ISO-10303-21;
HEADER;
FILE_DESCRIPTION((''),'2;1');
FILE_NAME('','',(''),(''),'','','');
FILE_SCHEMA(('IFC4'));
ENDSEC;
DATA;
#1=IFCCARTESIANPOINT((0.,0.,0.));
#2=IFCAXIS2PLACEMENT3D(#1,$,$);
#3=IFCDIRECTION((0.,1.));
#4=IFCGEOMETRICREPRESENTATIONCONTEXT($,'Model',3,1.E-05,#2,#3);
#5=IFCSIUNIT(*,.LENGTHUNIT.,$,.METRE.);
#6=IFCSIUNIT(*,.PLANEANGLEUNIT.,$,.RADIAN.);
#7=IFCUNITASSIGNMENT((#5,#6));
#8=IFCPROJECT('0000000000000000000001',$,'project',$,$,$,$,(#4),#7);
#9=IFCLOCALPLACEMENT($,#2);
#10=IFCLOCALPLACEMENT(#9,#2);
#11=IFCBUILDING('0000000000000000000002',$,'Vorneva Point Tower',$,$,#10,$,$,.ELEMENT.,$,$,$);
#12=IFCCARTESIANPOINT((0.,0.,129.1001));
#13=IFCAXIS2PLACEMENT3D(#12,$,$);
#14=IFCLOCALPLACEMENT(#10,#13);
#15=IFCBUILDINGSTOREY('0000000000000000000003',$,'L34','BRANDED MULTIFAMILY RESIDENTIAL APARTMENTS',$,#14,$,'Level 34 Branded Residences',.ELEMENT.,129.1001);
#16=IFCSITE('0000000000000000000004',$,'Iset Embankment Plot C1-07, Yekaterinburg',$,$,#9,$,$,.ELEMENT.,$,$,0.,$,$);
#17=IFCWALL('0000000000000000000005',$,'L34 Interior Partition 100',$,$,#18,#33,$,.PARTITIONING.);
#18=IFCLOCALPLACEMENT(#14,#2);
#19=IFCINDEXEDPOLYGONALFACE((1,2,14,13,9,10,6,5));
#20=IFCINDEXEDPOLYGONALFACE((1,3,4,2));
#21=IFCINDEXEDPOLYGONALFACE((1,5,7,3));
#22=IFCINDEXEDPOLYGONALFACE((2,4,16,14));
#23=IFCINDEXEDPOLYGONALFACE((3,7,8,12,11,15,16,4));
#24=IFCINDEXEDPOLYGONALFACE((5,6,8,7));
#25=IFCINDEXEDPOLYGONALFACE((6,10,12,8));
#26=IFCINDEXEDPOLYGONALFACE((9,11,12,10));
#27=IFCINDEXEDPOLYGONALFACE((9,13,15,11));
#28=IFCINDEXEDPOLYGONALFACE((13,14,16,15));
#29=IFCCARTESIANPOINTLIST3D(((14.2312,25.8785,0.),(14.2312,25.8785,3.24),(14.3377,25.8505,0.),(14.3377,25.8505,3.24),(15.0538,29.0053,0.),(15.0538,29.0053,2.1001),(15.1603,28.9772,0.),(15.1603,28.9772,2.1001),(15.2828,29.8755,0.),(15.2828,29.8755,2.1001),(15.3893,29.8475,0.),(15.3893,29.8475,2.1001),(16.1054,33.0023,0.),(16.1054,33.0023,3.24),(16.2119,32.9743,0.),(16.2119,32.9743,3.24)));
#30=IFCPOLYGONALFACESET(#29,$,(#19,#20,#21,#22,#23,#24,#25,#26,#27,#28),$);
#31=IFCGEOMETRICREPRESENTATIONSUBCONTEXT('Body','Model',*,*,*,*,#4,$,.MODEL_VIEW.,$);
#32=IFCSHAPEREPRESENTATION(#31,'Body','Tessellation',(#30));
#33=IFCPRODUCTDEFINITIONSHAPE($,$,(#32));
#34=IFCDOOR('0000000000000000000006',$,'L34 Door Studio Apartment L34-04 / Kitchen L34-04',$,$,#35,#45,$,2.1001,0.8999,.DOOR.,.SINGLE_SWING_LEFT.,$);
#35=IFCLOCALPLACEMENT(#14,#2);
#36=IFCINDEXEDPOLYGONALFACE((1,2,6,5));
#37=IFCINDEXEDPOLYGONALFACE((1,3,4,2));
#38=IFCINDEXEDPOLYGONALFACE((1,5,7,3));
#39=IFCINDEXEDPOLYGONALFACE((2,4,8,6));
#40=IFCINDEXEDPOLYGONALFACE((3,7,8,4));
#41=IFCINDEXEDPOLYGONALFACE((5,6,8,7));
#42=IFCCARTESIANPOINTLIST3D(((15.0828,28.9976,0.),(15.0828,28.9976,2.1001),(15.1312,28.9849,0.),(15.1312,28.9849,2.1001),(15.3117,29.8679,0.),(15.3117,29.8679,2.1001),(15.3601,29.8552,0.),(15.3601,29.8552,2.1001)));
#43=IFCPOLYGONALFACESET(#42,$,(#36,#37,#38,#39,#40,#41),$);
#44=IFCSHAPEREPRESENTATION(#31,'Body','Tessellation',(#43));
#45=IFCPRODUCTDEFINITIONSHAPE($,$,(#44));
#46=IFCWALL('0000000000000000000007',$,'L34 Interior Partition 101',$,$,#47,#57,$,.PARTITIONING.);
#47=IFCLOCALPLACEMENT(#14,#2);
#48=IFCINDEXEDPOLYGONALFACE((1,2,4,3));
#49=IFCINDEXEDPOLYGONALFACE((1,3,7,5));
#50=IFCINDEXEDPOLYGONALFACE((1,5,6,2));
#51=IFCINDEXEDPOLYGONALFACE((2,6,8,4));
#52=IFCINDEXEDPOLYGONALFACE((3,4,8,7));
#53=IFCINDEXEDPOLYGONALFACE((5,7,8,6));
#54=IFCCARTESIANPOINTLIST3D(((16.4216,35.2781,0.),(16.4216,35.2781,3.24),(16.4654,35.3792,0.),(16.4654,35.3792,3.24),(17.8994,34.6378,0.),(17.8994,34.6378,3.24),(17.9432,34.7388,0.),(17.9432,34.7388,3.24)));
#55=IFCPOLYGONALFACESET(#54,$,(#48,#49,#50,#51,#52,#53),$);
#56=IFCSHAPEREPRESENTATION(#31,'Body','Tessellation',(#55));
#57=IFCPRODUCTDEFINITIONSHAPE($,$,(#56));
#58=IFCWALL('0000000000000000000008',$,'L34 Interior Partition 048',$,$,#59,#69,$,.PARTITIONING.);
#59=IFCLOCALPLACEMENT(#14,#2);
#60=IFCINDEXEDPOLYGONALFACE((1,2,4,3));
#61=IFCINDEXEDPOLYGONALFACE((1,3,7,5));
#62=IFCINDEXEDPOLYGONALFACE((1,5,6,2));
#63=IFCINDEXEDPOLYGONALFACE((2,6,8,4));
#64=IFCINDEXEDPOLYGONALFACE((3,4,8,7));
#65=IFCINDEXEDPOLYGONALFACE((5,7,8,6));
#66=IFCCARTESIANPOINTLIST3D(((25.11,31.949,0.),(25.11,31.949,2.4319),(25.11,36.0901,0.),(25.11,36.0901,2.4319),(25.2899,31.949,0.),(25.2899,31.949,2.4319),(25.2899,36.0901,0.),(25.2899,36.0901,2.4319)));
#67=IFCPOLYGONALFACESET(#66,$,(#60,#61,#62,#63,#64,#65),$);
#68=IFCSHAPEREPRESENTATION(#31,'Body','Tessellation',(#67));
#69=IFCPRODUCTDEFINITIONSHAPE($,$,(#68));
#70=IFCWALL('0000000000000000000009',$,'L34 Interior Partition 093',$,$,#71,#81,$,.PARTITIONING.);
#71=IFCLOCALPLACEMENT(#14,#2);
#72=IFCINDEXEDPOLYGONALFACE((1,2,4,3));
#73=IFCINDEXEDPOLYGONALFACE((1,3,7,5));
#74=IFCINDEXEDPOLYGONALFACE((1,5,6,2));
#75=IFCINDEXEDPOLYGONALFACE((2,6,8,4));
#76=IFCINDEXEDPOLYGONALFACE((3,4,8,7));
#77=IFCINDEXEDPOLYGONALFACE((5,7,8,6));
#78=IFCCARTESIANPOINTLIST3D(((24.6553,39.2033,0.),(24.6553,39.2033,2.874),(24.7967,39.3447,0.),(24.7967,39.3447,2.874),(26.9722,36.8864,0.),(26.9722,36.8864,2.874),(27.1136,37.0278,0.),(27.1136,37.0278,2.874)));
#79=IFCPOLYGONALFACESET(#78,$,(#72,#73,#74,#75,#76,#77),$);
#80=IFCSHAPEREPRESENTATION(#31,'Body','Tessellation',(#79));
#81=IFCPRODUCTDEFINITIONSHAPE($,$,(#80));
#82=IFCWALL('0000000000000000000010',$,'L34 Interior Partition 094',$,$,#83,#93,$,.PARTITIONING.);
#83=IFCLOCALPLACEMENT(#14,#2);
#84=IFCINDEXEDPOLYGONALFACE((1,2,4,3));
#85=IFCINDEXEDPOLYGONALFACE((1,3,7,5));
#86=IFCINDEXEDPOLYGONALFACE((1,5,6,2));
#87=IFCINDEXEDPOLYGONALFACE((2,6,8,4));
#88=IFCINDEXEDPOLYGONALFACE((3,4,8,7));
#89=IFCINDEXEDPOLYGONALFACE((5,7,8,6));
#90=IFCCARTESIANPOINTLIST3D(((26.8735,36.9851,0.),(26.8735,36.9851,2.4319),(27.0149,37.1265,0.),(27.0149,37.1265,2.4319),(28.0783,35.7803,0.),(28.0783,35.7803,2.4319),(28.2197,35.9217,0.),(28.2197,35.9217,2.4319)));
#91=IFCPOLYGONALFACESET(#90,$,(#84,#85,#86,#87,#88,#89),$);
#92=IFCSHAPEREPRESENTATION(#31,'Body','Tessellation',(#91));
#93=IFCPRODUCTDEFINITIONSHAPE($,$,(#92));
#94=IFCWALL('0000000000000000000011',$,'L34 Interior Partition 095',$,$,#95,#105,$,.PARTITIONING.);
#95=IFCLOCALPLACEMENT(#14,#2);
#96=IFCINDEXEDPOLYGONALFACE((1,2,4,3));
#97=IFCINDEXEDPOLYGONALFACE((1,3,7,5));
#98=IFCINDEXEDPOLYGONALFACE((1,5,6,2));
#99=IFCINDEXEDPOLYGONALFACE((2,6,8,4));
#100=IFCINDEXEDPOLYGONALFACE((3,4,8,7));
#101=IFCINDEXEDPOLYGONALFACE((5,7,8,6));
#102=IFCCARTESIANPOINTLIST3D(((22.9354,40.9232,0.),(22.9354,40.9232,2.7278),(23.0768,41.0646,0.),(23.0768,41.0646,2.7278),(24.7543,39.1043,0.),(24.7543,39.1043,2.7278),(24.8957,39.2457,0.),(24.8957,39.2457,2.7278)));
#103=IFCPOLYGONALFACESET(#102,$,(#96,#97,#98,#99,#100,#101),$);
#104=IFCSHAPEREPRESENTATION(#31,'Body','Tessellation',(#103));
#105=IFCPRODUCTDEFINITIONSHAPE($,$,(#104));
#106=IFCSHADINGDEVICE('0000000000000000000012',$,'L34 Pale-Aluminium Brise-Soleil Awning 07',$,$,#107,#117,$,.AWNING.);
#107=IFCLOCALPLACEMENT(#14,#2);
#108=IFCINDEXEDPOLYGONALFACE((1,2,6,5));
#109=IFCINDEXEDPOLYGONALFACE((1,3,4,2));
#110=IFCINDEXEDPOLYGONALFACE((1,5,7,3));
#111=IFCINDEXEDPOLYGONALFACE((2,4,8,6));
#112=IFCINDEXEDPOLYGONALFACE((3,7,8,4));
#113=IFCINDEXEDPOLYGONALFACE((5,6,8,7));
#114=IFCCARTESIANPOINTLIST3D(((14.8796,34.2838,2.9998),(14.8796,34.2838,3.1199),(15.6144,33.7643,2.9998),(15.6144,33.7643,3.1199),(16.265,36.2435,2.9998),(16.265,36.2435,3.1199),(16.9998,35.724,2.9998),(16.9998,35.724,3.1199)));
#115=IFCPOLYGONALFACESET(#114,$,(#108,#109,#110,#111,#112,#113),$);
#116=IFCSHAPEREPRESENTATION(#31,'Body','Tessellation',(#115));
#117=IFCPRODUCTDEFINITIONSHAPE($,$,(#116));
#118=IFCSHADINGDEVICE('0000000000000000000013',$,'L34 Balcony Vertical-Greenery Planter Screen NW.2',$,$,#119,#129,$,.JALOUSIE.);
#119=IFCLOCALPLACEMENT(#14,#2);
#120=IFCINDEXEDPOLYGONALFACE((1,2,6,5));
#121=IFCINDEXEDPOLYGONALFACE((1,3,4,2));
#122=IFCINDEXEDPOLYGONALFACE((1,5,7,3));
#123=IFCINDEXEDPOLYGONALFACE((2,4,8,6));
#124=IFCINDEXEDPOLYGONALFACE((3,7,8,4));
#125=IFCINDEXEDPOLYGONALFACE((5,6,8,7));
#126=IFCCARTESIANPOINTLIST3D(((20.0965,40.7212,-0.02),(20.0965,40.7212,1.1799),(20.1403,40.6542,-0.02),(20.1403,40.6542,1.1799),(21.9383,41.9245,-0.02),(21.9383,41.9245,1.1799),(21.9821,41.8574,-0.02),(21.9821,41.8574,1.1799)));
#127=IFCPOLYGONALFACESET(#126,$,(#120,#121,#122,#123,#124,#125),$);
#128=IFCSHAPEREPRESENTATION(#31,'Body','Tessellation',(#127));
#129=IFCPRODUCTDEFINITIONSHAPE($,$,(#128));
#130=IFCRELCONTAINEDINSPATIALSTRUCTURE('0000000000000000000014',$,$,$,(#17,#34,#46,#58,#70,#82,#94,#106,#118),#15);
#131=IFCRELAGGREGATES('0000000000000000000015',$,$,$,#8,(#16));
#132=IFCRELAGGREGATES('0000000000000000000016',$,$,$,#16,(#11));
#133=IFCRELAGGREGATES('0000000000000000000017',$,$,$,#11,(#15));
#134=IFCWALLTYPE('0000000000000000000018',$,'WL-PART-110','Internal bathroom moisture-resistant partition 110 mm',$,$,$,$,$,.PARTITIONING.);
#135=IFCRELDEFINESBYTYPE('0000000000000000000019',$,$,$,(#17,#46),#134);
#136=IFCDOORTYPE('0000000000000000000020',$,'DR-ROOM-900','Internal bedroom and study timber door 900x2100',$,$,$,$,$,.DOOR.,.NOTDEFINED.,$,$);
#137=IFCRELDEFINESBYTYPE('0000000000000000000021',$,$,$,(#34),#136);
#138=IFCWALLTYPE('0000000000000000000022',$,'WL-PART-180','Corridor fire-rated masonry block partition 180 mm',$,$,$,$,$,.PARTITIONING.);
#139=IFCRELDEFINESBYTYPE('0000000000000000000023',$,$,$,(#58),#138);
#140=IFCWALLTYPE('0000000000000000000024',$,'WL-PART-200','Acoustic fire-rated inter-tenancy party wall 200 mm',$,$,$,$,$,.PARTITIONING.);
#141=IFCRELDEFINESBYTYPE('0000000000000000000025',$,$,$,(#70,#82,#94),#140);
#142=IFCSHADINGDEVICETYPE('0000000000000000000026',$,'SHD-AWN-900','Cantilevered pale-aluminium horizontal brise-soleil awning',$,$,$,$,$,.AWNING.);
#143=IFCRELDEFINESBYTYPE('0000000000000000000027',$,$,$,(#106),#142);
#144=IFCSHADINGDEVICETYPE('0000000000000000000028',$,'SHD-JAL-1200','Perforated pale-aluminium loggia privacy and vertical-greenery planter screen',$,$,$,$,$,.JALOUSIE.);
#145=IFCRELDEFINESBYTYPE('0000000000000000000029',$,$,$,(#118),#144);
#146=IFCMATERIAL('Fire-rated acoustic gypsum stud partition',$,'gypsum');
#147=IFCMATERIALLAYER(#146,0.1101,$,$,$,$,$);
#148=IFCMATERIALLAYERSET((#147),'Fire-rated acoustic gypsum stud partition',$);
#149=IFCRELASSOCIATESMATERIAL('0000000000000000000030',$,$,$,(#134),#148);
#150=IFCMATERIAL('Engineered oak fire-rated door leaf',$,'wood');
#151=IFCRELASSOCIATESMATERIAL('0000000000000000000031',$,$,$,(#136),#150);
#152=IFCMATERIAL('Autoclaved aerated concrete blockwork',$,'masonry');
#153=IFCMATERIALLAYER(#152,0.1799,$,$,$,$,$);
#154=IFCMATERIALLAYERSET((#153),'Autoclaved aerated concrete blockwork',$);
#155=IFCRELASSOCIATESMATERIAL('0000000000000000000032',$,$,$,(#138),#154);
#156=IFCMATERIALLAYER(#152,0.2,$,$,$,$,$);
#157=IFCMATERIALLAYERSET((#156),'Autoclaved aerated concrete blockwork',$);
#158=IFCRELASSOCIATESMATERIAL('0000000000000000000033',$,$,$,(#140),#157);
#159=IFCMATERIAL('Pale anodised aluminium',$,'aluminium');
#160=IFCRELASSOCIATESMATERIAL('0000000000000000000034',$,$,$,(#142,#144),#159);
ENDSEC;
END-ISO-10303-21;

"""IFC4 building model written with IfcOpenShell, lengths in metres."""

from ifc_helpers import new_model, si_unit, direction, frame, frame_2d, origin, origin_2d, place, context, subcontext, project, spatial, rectangle, extrude, material, layer, layer_set, type_object, element, fill, save


model = new_model("IFC4")

# Units and contexts
model_context = context("Model", 3, precision=1e-05, world=origin(), true_north=direction((0.0, 1.0)))
body_context = subcontext(model_context, "Body", "Model", "MODEL_VIEW")
ifc_project = project(units=[si_unit("LENGTHUNIT", "METRE"), si_unit("PLANEANGLEUNIT", "RADIAN")], contexts=[model_context])

# Site, building, storey
site_placement = place(None, origin())
site = spatial("IfcSite", under=ifc_project, at=site_placement, Name="Iset Embankment Plot C1-07, Yekaterinburg", CompositionType="ELEMENT", RefElevation=0.0)
building_placement = place(site_placement, origin())
building = spatial("IfcBuilding", under=site, at=building_placement, Name="Vorneva Point Tower", CompositionType="ELEMENT")
storey_placement = place(building_placement, frame((0.0, 0.0, 129.1001)))
storey = spatial("IfcBuildingStorey", under=building, at=storey_placement, Name="L34", Description="BRANDED MULTIFAMILY RESIDENTIAL APARTMENTS", LongName="Level 34 Branded Residences", CompositionType="ELEMENT", Elevation=129.1001)

# Shared definitions
ifc_material_1 = material(Name="Pale anodised aluminium", Category="aluminium")

# Shared definitions
ifc_material_2 = material(Name="Fire-rated acoustic gypsum stud partition", Category="gypsum")
ifc_layer_1 = layer(ifc_material_2, 0.1101)
ifc_layer_set_1 = layer_set([ifc_layer_1], Name="Fire-rated acoustic gypsum stud partition")
wall_type_1 = type_object("IfcWallType", Name="WL-PART-110", Description="Internal bathroom moisture-resistant partition 110 mm", PredefinedType="PARTITIONING", material=ifc_layer_set_1)
ifc_material_3 = material(Name="Engineered oak fire-rated door leaf", Category="wood")

# Wall, opening, door
wall_1_placement = place(storey_placement, frame((16.1587, 32.9883, 0.0), z_axis=(0.0, 0.0, 1.0), x_axis=(-0.254441, -0.967088, 0.0)))
wall_1 = element("IfcWall", 1, at=wall_1_placement, inside=storey, type_object=wall_type_1, Name="L34 Interior Partition 100", PredefinedType="PARTITIONING", context=body_context, shape_type="SweptSolid", body=[
    extrude(rectangle(XDim=7.3662, YDim=0.1101, at=frame_2d((3.6831, 0.0))), origin(), (0.0, 0.0, 1.0), 3.24),
])
opening_1_placement = place(wall_1_placement, frame((3.2332, 0.0, 0.0)))
opening_1 = element("IfcOpeningElement", 2, at=opening_1_placement, cuts=wall_1, PredefinedType="OPENING", context=body_context, shape_type="SweptSolid", body=[
    extrude(rectangle(XDim=0.8999, YDim=2.1001, at=frame_2d((0.45, 1.05))), frame((0.0, 0.0698, 0.0), z_axis=(0.0, -1.0, 0.0), x_axis=(1.0, 0.0, 0.0)), (0.0, 0.0, 1.0), 0.1399),
])
door_type_1 = type_object("IfcDoorType", Name="DR-ROOM-900", Description="Internal bedroom and study timber door 900x2100", OperationType="NOTDEFINED", PredefinedType="DOOR", material=ifc_material_3)
door_1_placement = place(opening_1_placement, origin())
door_1 = element("IfcDoor", 3, at=door_1_placement, inside=storey, type_object=door_type_1, Name="L34 Door Studio Apartment L34-04 / Kitchen L34-04", OperationType="SINGLE_SWING_LEFT", OverallHeight=2.1001, OverallWidth=0.8999, PredefinedType="DOOR", context=body_context, shape_type="SweptSolid", body=[
    extrude(rectangle(XDim=0.8999, YDim=2.1001, at=frame_2d((0.45, 1.05))), frame((0.0, 0.0249, 0.0), z_axis=(0.0, -1.0, 0.0), x_axis=(1.0, 0.0, 0.0)), (0.0, 0.0, 1.0), 0.05),
])
fill(opening_1, door_1)

# Walls
wall_2_placement = place(storey_placement, frame((16.4436, 35.3286, 0.0), z_axis=(0.0, 0.0, 1.0), x_axis=(0.917554, -0.397612, 0.0)))
element("IfcWall", 4, at=wall_2_placement, inside=storey, type_object=wall_type_1, Name="L34 Interior Partition 101", PredefinedType="PARTITIONING", context=body_context, shape_type="SweptSolid", body=[
    extrude(rectangle(XDim=1.6106, YDim=0.1101, at=frame_2d((0.8052, 0.0))), origin(), (0.0, 0.0, 1.0), 3.24),
])
ifc_material_4 = material(Name="Autoclaved aerated concrete blockwork", Category="masonry")
ifc_layer_2 = layer(ifc_material_4, 0.1799)
ifc_layer_set_2 = layer_set([ifc_layer_2], Name="Autoclaved aerated concrete blockwork")
wall_type_2 = type_object("IfcWallType", Name="WL-PART-180", Description="Corridor fire-rated masonry block partition 180 mm", PredefinedType="PARTITIONING", material=ifc_layer_set_2)
wall_3_placement = place(storey_placement, frame((25.2, 36.0901, 0.0), z_axis=(0.0, 0.0, 1.0), x_axis=(0.0, -1.0, 0.0)))
element("IfcWall", 5, at=wall_3_placement, inside=storey, type_object=wall_type_2, Name="L34 Interior Partition 048", PredefinedType="PARTITIONING", context=body_context, shape_type="SweptSolid", body=[
    extrude(rectangle(XDim=4.1411, YDim=0.1799, at=frame_2d((2.0706, 0.0))), origin(), (0.0, 0.0, 1.0), 2.4319),
])
ifc_layer_3 = layer(ifc_material_4, 0.2)
ifc_layer_set_3 = layer_set([ifc_layer_3], Name="Autoclaved aerated concrete blockwork")
wall_type_3 = type_object("IfcWallType", Name="WL-PART-200", Description="Acoustic fire-rated inter-tenancy party wall 200 mm", PredefinedType="PARTITIONING", material=ifc_layer_set_3)
wall_4_placement = place(storey_placement, frame((24.7261, 39.2739, 0.0), z_axis=(0.0, 0.0, 1.0), x_axis=(0.707107, -0.707107, 0.0)))
element("IfcWall", 6, at=wall_4_placement, inside=storey, type_object=wall_type_3, Name="L34 Interior Partition 093", PredefinedType="PARTITIONING", context=body_context, shape_type="SweptSolid", body=[
    extrude(rectangle(XDim=3.2766, YDim=0.2, at=frame_2d((1.6382, 0.0))), origin(), (0.0, 0.0, 1.0), 2.874),
])
wall_5_placement = place(storey_placement, frame((26.9441, 37.0559, 0.0), z_axis=(0.0, 0.0, 1.0), x_axis=(0.707107, -0.707107, 0.0)))
element("IfcWall", 7, at=wall_5_placement, inside=storey, type_object=wall_type_3, Name="L34 Interior Partition 094", PredefinedType="PARTITIONING", context=body_context, shape_type="SweptSolid", body=[
    extrude(rectangle(XDim=1.7039, YDim=0.2, at=frame_2d((0.8521, 0.0))), origin(), (0.0, 0.0, 1.0), 2.4319),
])
wall_6_placement = place(storey_placement, frame((23.0061, 40.9939, 0.0), z_axis=(0.0, 0.0, 1.0), x_axis=(0.707107, -0.707107, 0.0)))
element("IfcWall", 8, at=wall_6_placement, inside=storey, type_object=wall_type_3, Name="L34 Interior Partition 095", PredefinedType="PARTITIONING", context=body_context, shape_type="SweptSolid", body=[
    extrude(rectangle(XDim=2.5723, YDim=0.2, at=frame_2d((1.2861, 0.0))), origin(), (0.0, 0.0, 1.0), 2.7278),
])

# Shading devices
shading_device_type_1 = type_object("IfcShadingDeviceType", Name="SHD-AWN-900", Description="Cantilevered pale-aluminium horizontal brise-soleil awning", PredefinedType="AWNING", material=ifc_material_1)
shading_device_1_placement = place(storey_placement, frame((15.9397, 35.0039, 2.9998), z_axis=(0.0, 0.0, 1.0), x_axis=(-0.577288, -0.816541, 0.0)))
element("IfcShadingDevice", 9, at=shading_device_1_placement, inside=storey, type_object=shading_device_type_1, Name="L34 Pale-Aluminium Brise-Soleil Awning 07", PredefinedType="AWNING", context=body_context, shape_type="SweptSolid", body=[
    extrude(rectangle(XDim=2.3999, YDim=0.8999, at=origin_2d()), origin(), (0.0, 0.0, 1.0), 0.1201),
])
shading_device_type_2 = type_object("IfcShadingDeviceType", Name="SHD-JAL-1200", Description="Perforated pale-aluminium loggia privacy and vertical-greenery planter screen", PredefinedType="JALOUSIE", material=ifc_material_1)
shading_device_2_placement = place(storey_placement, frame((21.0393, 41.2893, -0.02), z_axis=(0.0, 0.0, 1.0), x_axis=(-0.837165, -0.54695, 0.0)))
element("IfcShadingDevice", 10, at=shading_device_2_placement, inside=storey, type_object=shading_device_type_2, Name="L34 Balcony Vertical-Greenery Planter Screen NW.2", PredefinedType="JALOUSIE", context=body_context, shape_type="SweptSolid", body=[
    extrude(rectangle(XDim=2.2, YDim=0.0801, at=origin_2d()), origin(), (0.0, 0.0, 1.0), 1.2),
])

save(model, "model.ifc")
